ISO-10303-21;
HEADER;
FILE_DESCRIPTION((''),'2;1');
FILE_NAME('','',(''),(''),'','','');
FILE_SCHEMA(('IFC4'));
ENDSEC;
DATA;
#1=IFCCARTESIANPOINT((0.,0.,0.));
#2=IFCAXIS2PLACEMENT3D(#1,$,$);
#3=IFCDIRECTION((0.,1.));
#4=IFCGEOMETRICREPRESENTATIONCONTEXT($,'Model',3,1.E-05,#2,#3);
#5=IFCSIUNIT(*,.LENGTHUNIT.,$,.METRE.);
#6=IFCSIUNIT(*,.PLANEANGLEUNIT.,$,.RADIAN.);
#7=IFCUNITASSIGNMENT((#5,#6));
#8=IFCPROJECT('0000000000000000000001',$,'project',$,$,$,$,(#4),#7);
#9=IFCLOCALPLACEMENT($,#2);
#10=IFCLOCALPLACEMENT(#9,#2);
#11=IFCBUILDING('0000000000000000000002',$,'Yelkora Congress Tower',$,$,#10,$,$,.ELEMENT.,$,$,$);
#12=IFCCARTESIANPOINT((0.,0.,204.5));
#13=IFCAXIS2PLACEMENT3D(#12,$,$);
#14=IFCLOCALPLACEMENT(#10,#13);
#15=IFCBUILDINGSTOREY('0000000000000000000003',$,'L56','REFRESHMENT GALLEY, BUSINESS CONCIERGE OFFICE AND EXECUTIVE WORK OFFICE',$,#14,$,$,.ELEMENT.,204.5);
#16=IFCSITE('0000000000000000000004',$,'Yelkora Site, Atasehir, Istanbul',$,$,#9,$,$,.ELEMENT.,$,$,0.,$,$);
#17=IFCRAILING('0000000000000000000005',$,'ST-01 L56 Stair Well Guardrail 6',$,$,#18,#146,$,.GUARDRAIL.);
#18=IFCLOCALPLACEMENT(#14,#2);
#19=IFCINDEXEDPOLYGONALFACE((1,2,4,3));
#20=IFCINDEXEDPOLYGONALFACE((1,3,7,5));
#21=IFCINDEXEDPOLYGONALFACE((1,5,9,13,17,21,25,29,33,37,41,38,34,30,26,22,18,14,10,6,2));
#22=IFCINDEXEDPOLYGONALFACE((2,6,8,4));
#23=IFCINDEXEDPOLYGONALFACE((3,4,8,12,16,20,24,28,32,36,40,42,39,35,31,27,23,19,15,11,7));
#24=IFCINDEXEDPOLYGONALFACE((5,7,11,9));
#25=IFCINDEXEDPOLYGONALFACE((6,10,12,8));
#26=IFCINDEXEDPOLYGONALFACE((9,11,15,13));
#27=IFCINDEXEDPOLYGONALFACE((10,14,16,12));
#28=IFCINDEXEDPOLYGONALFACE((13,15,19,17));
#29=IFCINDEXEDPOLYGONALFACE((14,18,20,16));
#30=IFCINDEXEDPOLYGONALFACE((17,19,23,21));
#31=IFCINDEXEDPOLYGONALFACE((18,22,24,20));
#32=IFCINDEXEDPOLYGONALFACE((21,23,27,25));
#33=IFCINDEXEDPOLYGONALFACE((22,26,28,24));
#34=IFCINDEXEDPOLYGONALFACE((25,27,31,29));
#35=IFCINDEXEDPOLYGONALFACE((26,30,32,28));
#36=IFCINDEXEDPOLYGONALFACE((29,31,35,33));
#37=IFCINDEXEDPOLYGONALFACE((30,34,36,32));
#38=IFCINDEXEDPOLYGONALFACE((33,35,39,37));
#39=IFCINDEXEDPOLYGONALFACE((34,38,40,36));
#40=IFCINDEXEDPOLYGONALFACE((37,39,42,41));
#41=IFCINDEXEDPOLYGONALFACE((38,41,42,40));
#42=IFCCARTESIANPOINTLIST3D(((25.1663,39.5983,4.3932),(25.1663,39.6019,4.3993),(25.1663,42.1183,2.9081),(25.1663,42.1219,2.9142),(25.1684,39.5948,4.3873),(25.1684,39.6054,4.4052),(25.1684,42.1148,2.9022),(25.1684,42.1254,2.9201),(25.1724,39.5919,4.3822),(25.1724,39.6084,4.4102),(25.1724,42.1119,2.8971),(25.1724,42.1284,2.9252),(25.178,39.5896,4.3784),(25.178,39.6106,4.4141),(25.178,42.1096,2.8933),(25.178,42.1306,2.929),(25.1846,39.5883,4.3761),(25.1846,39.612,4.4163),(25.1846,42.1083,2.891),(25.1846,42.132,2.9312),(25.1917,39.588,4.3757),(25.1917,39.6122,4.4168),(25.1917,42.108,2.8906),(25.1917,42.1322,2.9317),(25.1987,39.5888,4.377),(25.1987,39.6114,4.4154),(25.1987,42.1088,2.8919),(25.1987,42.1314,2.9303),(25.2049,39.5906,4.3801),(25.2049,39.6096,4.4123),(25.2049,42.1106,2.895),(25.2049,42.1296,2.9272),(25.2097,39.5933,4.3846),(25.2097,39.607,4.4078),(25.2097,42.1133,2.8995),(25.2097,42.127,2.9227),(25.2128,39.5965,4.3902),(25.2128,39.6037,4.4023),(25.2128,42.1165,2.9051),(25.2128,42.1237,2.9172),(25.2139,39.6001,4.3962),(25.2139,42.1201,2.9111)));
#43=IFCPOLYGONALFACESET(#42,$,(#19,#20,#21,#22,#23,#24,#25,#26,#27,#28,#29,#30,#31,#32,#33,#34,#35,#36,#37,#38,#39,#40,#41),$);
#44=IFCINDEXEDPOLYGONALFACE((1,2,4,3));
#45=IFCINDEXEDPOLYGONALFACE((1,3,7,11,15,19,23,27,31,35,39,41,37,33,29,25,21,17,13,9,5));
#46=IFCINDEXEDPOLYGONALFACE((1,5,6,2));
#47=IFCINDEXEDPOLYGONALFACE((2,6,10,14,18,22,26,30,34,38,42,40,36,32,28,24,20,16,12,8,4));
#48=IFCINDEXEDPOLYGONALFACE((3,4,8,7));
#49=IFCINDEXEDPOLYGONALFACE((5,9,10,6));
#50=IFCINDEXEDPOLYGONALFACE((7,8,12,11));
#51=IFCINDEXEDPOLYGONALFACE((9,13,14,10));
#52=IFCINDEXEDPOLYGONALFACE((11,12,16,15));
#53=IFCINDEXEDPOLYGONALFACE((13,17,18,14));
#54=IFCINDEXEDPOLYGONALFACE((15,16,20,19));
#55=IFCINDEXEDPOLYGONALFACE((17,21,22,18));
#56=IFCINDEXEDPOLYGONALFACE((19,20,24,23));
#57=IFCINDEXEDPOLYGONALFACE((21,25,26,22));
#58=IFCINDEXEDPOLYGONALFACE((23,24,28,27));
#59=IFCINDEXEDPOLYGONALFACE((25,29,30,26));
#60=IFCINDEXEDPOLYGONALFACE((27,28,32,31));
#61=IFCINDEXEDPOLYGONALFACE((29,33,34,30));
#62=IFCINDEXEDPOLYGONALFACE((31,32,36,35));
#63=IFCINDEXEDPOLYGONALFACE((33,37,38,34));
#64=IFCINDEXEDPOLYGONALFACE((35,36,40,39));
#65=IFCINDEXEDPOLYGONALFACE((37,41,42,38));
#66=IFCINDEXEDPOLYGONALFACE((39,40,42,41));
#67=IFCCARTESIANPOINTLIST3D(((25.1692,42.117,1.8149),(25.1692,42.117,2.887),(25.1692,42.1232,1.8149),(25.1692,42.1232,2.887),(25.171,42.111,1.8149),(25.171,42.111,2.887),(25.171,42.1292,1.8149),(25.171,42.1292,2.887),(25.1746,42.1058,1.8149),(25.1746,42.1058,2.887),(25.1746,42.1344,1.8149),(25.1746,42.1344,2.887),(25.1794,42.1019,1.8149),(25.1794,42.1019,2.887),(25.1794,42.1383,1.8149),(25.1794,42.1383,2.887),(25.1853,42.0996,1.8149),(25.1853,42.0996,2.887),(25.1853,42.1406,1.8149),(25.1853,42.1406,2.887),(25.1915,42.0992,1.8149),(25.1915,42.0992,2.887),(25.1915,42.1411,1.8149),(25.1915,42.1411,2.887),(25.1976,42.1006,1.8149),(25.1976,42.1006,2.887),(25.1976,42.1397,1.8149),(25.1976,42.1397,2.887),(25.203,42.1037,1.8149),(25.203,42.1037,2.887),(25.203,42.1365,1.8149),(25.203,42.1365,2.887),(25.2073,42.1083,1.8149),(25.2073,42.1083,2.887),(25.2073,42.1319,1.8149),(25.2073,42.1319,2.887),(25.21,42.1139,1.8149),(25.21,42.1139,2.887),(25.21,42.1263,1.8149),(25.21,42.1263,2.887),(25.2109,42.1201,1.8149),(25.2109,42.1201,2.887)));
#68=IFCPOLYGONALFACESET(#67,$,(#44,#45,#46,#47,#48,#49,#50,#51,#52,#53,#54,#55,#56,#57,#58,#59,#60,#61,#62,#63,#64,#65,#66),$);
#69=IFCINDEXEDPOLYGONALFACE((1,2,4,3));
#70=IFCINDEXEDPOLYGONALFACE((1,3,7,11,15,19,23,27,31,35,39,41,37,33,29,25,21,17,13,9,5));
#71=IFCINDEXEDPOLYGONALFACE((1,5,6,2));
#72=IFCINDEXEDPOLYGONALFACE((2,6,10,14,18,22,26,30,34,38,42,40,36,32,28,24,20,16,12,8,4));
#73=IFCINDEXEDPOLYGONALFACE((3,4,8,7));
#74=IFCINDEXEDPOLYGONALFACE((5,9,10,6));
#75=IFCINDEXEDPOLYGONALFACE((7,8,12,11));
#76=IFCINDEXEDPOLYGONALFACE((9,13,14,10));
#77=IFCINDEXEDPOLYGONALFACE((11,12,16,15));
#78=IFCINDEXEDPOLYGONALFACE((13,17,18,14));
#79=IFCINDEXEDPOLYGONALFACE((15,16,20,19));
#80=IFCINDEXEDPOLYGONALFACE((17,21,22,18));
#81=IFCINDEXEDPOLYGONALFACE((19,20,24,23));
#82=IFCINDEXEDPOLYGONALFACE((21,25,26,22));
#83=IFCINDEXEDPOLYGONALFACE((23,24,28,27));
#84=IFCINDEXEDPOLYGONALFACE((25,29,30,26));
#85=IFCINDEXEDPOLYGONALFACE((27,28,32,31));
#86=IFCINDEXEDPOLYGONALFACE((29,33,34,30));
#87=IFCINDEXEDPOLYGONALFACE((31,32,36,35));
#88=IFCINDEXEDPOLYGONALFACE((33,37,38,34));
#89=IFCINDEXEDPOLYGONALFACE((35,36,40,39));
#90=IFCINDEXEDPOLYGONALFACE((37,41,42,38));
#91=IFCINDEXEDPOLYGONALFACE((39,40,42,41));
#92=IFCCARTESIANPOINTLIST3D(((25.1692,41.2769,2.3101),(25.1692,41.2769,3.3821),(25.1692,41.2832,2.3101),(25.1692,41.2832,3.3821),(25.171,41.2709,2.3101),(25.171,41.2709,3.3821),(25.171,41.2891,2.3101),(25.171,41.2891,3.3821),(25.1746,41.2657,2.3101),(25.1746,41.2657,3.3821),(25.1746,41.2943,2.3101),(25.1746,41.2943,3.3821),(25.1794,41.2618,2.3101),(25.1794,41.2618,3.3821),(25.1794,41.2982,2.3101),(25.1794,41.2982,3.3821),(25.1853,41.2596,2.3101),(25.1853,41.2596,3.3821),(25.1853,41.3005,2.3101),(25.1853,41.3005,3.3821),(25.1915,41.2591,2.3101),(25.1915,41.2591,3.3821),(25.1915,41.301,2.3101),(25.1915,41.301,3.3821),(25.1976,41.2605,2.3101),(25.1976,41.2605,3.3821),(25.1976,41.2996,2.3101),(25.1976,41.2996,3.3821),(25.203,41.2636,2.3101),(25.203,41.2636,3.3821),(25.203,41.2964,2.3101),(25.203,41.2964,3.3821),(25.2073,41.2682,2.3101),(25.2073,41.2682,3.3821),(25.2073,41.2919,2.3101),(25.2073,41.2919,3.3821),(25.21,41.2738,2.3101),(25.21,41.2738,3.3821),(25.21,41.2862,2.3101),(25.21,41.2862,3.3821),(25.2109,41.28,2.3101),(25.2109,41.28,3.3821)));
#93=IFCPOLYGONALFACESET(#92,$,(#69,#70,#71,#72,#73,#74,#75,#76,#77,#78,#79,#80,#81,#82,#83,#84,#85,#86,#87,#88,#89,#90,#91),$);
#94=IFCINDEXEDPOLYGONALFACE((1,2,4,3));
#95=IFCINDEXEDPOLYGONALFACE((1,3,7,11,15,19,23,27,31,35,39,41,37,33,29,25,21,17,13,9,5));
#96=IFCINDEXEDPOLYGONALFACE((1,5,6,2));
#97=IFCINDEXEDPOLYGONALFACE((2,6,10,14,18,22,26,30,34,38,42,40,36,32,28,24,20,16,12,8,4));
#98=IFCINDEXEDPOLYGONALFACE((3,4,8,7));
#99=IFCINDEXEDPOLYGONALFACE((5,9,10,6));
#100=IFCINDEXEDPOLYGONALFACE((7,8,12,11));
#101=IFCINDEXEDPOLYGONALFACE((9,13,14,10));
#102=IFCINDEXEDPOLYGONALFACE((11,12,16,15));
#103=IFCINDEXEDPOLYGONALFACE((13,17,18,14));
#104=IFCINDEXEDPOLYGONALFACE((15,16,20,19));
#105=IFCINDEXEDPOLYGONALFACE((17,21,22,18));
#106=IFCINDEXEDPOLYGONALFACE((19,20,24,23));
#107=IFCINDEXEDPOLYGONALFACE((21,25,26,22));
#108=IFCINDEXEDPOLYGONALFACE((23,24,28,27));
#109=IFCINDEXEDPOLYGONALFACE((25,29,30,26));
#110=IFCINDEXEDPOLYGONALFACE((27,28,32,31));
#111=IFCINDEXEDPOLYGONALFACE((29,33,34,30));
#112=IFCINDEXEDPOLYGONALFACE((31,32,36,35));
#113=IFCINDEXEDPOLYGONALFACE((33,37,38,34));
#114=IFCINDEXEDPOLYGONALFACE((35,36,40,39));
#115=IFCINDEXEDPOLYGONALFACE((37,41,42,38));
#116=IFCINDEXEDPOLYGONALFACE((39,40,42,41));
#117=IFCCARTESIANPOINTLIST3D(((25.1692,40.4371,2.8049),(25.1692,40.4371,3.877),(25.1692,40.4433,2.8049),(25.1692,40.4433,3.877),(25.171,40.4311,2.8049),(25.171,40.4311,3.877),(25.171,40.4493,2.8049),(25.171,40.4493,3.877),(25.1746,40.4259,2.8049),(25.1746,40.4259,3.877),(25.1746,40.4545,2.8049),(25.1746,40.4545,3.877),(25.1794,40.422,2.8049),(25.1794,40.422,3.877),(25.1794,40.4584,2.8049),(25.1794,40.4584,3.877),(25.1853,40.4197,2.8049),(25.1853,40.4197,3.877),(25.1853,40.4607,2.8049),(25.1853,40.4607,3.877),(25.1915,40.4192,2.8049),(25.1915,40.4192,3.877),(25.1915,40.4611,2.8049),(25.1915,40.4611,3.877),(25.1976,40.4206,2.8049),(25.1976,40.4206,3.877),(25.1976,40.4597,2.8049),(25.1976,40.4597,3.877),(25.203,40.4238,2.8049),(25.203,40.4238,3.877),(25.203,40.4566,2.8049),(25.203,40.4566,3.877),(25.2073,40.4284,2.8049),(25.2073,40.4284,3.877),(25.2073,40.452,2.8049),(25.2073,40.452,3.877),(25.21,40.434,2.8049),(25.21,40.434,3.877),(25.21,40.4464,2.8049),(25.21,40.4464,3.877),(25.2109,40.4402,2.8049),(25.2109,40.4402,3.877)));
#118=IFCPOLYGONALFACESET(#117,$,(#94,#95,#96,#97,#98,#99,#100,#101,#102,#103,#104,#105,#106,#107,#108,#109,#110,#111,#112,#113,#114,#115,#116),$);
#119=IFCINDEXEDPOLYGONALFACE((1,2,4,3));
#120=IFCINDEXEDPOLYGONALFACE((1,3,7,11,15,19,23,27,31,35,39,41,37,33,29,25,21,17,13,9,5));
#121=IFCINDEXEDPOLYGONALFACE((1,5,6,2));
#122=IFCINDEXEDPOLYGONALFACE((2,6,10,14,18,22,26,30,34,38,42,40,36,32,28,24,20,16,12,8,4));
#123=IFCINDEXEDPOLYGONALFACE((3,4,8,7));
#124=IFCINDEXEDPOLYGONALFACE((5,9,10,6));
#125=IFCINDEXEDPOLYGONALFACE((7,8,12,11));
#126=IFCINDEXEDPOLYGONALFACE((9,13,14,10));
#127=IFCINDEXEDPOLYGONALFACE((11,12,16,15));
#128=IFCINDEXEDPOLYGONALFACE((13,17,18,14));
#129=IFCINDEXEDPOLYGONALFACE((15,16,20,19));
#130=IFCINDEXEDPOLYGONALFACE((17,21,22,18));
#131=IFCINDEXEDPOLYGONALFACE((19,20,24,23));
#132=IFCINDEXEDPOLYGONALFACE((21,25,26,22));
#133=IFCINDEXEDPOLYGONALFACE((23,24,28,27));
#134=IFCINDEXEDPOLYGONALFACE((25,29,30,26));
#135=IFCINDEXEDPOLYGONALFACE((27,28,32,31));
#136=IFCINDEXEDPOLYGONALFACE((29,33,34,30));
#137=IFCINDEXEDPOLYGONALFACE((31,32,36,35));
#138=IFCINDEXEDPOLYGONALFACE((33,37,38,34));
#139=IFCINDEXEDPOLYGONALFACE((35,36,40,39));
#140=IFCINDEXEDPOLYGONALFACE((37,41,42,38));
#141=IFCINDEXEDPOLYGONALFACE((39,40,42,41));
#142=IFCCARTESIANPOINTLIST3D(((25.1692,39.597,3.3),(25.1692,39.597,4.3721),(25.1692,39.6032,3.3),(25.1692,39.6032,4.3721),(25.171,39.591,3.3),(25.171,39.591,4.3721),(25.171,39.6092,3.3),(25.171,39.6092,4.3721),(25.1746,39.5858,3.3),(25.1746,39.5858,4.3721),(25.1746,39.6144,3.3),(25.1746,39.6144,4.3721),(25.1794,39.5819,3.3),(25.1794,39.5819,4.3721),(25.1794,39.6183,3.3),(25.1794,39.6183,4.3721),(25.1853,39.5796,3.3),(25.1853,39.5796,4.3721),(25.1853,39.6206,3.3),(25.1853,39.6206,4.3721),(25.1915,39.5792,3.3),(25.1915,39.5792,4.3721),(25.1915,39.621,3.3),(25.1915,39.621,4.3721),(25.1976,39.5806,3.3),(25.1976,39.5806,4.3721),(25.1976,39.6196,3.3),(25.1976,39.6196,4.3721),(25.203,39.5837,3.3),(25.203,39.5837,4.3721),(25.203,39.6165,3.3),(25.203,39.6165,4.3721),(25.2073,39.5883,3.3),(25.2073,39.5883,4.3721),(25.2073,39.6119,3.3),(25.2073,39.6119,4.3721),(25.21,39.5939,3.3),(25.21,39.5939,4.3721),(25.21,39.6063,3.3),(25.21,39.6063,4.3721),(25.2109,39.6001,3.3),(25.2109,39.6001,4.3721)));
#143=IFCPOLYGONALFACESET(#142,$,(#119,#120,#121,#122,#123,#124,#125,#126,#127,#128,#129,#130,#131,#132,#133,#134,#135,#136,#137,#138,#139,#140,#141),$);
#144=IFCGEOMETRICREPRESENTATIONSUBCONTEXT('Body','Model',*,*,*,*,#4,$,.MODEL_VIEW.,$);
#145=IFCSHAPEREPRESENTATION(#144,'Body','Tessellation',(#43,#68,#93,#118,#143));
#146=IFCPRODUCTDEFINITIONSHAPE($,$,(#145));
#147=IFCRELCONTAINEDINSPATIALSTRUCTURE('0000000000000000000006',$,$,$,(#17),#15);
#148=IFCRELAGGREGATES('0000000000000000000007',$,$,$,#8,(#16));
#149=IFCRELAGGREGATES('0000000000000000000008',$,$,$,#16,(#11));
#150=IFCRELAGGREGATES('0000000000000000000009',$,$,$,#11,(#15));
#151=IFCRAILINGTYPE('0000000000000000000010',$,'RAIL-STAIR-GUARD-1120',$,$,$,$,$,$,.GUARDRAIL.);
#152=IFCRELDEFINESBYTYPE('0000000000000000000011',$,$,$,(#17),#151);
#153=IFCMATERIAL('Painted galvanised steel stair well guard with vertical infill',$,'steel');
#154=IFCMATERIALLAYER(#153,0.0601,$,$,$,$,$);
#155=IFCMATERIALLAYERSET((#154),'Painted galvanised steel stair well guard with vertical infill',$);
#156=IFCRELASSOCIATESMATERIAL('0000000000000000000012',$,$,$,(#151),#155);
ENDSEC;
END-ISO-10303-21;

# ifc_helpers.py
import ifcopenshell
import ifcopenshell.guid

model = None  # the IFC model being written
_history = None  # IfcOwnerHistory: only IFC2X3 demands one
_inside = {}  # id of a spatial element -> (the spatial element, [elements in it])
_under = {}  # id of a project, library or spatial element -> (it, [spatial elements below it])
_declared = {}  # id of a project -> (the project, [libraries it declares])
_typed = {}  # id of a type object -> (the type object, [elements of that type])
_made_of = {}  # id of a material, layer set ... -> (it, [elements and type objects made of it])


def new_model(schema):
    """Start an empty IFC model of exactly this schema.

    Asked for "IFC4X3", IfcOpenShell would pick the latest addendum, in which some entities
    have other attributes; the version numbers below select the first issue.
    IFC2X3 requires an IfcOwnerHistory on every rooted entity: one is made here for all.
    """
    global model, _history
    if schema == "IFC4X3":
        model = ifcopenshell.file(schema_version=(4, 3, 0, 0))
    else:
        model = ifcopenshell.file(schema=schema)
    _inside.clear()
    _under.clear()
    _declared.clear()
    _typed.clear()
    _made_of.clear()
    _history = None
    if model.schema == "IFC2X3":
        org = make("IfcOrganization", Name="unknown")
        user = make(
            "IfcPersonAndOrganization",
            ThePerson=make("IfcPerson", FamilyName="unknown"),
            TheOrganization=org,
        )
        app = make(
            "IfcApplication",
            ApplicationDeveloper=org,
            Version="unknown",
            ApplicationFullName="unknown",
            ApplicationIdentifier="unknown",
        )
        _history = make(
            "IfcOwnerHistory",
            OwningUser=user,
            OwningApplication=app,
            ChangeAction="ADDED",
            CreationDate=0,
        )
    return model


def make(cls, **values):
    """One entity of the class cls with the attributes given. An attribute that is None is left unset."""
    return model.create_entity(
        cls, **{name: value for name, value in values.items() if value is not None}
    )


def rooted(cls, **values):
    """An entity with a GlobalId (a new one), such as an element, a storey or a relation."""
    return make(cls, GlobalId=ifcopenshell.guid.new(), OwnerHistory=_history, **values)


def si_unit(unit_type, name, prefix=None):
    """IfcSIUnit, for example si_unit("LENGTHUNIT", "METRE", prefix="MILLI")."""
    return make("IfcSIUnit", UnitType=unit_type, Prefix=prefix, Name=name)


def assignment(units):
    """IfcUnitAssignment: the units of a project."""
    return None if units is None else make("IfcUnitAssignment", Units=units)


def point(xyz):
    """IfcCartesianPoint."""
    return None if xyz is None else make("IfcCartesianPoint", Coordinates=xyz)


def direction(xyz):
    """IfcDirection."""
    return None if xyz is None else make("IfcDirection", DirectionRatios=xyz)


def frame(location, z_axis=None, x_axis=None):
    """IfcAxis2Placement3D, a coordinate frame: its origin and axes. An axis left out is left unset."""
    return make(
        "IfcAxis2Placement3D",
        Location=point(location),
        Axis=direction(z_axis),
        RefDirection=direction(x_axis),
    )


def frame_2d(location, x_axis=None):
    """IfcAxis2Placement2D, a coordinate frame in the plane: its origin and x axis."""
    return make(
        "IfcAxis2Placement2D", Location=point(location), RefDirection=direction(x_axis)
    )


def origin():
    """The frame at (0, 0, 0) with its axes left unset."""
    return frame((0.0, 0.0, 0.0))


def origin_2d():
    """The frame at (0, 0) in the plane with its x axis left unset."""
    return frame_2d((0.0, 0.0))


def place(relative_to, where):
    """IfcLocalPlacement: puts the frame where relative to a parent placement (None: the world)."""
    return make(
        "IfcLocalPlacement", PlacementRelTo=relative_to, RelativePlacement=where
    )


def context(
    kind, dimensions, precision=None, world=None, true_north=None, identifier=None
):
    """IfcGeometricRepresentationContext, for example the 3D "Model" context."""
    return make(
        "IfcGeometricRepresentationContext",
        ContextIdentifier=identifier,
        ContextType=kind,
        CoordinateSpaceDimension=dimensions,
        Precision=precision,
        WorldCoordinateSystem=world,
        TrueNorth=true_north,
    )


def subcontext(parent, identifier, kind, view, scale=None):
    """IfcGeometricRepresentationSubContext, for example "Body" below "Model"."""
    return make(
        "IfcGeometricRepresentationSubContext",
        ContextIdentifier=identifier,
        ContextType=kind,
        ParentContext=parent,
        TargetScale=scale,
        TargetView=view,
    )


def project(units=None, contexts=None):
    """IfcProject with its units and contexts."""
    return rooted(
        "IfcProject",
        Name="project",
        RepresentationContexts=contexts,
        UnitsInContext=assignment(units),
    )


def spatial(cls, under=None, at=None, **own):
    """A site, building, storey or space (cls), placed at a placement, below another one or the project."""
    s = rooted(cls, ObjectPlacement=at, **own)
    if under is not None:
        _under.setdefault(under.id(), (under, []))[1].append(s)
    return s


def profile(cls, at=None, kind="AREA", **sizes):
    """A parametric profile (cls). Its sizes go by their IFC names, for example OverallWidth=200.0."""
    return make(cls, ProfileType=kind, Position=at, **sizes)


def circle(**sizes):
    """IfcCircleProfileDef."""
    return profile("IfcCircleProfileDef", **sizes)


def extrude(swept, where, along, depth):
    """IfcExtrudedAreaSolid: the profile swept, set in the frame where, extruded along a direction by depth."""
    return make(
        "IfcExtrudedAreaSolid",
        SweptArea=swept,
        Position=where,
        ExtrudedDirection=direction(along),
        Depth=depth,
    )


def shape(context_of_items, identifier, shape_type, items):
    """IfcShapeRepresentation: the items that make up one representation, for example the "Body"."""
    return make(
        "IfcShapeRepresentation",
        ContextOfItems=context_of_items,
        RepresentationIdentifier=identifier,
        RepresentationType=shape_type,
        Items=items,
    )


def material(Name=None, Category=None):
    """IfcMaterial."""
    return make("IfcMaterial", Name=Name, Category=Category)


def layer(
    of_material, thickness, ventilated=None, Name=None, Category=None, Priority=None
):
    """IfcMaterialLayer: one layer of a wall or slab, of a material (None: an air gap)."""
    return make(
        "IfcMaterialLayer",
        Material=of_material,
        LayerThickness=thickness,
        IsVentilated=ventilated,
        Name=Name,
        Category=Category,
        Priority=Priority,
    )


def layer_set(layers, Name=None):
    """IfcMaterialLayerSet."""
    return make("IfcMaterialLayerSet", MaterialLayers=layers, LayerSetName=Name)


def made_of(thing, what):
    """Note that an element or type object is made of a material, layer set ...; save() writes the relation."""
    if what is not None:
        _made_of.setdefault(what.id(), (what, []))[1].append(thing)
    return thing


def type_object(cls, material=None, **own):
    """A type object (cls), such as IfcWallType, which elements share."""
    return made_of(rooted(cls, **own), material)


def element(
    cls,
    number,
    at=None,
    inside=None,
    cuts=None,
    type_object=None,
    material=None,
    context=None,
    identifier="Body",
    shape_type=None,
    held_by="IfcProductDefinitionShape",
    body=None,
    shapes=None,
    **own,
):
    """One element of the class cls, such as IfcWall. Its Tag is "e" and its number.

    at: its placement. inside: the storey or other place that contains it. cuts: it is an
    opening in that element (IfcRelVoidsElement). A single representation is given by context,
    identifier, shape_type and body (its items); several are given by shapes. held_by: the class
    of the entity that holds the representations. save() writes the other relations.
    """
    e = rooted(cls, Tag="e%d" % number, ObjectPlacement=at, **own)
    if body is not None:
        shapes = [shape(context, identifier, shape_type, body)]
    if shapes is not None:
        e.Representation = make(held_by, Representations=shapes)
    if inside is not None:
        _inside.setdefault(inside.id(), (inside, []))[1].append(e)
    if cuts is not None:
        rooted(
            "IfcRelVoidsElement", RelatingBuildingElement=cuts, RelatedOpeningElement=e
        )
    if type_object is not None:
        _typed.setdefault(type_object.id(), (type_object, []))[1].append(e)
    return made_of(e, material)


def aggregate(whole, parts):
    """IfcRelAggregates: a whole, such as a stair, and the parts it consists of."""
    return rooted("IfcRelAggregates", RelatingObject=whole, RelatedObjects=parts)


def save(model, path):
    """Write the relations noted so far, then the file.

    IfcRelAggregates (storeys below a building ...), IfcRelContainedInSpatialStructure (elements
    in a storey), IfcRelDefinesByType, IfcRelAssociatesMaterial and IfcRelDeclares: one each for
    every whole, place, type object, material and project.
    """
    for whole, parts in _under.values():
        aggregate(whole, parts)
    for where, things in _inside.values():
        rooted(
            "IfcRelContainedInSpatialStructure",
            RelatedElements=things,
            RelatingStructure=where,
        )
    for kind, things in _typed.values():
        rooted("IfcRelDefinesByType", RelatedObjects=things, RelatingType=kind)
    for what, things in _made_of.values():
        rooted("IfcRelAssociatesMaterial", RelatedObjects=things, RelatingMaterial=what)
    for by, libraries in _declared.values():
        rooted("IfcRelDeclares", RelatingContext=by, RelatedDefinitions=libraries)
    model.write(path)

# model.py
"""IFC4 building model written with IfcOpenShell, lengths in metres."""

from ifc_helpers import new_model, si_unit, direction, frame, origin, origin_2d, place, context, subcontext, project, spatial, circle, extrude, material, layer, layer_set, type_object, element, save


model = new_model("IFC4")

# Units and contexts
model_context = context("Model", 3, precision=1e-05, world=origin(), true_north=direction((0.0, 1.0)))
body_context = subcontext(model_context, "Body", "Model", "MODEL_VIEW")
ifc_project = project(units=[si_unit("LENGTHUNIT", "METRE"), si_unit("PLANEANGLEUNIT", "RADIAN")], contexts=[model_context])

# Site, building, storey
site_placement = place(None, origin())
site = spatial("IfcSite", under=ifc_project, at=site_placement, Name="Yelkora Site, Atasehir, Istanbul", CompositionType="ELEMENT", RefElevation=0.0)
building_placement = place(site_placement, origin())
building = spatial("IfcBuilding", under=site, at=building_placement, Name="Yelkora Congress Tower", CompositionType="ELEMENT")
storey_placement = place(building_placement, frame((0.0, 0.0, 204.5)))
storey = spatial("IfcBuildingStorey", under=building, at=storey_placement, Name="L56", Description="REFRESHMENT GALLEY, BUSINESS CONCIERGE OFFICE AND EXECUTIVE WORK OFFICE", CompositionType="ELEMENT", Elevation=204.5)

# Railing
ifc_material_1 = material(Name="Painted galvanised steel stair well guard with vertical infill", Category="steel")
ifc_layer_1 = layer(ifc_material_1, 0.0601)
ifc_layer_set_1 = layer_set([ifc_layer_1], Name="Painted galvanised steel stair well guard with vertical infill")
railing_type_1 = type_object("IfcRailingType", Name="RAIL-STAIR-GUARD-1120", PredefinedType="GUARDRAIL", material=ifc_layer_set_1)
railing_1_placement = place(storey_placement, frame((25.1899, 42.1201, 1.8149)))
element("IfcRailing", 1, at=railing_1_placement, inside=storey, type_object=railing_type_1, Name="ST-01 L56 Stair Well Guardrail 6", PredefinedType="GUARDRAIL", context=body_context, shape_type="SweptSolid", body=[
    extrude(circle(Radius=0.0239, at=origin_2d()), frame((0.0, 0.0, 1.0962), z_axis=(0.0, -0.861524, 0.507717), x_axis=(1.0, 0.0, 0.0)), (0.0, 0.0, 1.0), 2.925),
    extrude(circle(Radius=0.021, at=origin_2d()), origin(), (0.0, 0.0, 1.0), 1.072),
    extrude(circle(Radius=0.021, at=origin_2d()), frame((0.0, -0.8401, 0.4951)), (0.0, 0.0, 1.0), 1.072),
    extrude(circle(Radius=0.021, at=origin_2d()), frame((0.0, -1.6799, 0.99)), (0.0, 0.0, 1.0), 1.072),
    extrude(circle(Radius=0.021, at=origin_2d()), frame((0.0, -2.52, 1.4851)), (0.0, 0.0, 1.0), 1.072),
])

save(model, "model.ifc")
